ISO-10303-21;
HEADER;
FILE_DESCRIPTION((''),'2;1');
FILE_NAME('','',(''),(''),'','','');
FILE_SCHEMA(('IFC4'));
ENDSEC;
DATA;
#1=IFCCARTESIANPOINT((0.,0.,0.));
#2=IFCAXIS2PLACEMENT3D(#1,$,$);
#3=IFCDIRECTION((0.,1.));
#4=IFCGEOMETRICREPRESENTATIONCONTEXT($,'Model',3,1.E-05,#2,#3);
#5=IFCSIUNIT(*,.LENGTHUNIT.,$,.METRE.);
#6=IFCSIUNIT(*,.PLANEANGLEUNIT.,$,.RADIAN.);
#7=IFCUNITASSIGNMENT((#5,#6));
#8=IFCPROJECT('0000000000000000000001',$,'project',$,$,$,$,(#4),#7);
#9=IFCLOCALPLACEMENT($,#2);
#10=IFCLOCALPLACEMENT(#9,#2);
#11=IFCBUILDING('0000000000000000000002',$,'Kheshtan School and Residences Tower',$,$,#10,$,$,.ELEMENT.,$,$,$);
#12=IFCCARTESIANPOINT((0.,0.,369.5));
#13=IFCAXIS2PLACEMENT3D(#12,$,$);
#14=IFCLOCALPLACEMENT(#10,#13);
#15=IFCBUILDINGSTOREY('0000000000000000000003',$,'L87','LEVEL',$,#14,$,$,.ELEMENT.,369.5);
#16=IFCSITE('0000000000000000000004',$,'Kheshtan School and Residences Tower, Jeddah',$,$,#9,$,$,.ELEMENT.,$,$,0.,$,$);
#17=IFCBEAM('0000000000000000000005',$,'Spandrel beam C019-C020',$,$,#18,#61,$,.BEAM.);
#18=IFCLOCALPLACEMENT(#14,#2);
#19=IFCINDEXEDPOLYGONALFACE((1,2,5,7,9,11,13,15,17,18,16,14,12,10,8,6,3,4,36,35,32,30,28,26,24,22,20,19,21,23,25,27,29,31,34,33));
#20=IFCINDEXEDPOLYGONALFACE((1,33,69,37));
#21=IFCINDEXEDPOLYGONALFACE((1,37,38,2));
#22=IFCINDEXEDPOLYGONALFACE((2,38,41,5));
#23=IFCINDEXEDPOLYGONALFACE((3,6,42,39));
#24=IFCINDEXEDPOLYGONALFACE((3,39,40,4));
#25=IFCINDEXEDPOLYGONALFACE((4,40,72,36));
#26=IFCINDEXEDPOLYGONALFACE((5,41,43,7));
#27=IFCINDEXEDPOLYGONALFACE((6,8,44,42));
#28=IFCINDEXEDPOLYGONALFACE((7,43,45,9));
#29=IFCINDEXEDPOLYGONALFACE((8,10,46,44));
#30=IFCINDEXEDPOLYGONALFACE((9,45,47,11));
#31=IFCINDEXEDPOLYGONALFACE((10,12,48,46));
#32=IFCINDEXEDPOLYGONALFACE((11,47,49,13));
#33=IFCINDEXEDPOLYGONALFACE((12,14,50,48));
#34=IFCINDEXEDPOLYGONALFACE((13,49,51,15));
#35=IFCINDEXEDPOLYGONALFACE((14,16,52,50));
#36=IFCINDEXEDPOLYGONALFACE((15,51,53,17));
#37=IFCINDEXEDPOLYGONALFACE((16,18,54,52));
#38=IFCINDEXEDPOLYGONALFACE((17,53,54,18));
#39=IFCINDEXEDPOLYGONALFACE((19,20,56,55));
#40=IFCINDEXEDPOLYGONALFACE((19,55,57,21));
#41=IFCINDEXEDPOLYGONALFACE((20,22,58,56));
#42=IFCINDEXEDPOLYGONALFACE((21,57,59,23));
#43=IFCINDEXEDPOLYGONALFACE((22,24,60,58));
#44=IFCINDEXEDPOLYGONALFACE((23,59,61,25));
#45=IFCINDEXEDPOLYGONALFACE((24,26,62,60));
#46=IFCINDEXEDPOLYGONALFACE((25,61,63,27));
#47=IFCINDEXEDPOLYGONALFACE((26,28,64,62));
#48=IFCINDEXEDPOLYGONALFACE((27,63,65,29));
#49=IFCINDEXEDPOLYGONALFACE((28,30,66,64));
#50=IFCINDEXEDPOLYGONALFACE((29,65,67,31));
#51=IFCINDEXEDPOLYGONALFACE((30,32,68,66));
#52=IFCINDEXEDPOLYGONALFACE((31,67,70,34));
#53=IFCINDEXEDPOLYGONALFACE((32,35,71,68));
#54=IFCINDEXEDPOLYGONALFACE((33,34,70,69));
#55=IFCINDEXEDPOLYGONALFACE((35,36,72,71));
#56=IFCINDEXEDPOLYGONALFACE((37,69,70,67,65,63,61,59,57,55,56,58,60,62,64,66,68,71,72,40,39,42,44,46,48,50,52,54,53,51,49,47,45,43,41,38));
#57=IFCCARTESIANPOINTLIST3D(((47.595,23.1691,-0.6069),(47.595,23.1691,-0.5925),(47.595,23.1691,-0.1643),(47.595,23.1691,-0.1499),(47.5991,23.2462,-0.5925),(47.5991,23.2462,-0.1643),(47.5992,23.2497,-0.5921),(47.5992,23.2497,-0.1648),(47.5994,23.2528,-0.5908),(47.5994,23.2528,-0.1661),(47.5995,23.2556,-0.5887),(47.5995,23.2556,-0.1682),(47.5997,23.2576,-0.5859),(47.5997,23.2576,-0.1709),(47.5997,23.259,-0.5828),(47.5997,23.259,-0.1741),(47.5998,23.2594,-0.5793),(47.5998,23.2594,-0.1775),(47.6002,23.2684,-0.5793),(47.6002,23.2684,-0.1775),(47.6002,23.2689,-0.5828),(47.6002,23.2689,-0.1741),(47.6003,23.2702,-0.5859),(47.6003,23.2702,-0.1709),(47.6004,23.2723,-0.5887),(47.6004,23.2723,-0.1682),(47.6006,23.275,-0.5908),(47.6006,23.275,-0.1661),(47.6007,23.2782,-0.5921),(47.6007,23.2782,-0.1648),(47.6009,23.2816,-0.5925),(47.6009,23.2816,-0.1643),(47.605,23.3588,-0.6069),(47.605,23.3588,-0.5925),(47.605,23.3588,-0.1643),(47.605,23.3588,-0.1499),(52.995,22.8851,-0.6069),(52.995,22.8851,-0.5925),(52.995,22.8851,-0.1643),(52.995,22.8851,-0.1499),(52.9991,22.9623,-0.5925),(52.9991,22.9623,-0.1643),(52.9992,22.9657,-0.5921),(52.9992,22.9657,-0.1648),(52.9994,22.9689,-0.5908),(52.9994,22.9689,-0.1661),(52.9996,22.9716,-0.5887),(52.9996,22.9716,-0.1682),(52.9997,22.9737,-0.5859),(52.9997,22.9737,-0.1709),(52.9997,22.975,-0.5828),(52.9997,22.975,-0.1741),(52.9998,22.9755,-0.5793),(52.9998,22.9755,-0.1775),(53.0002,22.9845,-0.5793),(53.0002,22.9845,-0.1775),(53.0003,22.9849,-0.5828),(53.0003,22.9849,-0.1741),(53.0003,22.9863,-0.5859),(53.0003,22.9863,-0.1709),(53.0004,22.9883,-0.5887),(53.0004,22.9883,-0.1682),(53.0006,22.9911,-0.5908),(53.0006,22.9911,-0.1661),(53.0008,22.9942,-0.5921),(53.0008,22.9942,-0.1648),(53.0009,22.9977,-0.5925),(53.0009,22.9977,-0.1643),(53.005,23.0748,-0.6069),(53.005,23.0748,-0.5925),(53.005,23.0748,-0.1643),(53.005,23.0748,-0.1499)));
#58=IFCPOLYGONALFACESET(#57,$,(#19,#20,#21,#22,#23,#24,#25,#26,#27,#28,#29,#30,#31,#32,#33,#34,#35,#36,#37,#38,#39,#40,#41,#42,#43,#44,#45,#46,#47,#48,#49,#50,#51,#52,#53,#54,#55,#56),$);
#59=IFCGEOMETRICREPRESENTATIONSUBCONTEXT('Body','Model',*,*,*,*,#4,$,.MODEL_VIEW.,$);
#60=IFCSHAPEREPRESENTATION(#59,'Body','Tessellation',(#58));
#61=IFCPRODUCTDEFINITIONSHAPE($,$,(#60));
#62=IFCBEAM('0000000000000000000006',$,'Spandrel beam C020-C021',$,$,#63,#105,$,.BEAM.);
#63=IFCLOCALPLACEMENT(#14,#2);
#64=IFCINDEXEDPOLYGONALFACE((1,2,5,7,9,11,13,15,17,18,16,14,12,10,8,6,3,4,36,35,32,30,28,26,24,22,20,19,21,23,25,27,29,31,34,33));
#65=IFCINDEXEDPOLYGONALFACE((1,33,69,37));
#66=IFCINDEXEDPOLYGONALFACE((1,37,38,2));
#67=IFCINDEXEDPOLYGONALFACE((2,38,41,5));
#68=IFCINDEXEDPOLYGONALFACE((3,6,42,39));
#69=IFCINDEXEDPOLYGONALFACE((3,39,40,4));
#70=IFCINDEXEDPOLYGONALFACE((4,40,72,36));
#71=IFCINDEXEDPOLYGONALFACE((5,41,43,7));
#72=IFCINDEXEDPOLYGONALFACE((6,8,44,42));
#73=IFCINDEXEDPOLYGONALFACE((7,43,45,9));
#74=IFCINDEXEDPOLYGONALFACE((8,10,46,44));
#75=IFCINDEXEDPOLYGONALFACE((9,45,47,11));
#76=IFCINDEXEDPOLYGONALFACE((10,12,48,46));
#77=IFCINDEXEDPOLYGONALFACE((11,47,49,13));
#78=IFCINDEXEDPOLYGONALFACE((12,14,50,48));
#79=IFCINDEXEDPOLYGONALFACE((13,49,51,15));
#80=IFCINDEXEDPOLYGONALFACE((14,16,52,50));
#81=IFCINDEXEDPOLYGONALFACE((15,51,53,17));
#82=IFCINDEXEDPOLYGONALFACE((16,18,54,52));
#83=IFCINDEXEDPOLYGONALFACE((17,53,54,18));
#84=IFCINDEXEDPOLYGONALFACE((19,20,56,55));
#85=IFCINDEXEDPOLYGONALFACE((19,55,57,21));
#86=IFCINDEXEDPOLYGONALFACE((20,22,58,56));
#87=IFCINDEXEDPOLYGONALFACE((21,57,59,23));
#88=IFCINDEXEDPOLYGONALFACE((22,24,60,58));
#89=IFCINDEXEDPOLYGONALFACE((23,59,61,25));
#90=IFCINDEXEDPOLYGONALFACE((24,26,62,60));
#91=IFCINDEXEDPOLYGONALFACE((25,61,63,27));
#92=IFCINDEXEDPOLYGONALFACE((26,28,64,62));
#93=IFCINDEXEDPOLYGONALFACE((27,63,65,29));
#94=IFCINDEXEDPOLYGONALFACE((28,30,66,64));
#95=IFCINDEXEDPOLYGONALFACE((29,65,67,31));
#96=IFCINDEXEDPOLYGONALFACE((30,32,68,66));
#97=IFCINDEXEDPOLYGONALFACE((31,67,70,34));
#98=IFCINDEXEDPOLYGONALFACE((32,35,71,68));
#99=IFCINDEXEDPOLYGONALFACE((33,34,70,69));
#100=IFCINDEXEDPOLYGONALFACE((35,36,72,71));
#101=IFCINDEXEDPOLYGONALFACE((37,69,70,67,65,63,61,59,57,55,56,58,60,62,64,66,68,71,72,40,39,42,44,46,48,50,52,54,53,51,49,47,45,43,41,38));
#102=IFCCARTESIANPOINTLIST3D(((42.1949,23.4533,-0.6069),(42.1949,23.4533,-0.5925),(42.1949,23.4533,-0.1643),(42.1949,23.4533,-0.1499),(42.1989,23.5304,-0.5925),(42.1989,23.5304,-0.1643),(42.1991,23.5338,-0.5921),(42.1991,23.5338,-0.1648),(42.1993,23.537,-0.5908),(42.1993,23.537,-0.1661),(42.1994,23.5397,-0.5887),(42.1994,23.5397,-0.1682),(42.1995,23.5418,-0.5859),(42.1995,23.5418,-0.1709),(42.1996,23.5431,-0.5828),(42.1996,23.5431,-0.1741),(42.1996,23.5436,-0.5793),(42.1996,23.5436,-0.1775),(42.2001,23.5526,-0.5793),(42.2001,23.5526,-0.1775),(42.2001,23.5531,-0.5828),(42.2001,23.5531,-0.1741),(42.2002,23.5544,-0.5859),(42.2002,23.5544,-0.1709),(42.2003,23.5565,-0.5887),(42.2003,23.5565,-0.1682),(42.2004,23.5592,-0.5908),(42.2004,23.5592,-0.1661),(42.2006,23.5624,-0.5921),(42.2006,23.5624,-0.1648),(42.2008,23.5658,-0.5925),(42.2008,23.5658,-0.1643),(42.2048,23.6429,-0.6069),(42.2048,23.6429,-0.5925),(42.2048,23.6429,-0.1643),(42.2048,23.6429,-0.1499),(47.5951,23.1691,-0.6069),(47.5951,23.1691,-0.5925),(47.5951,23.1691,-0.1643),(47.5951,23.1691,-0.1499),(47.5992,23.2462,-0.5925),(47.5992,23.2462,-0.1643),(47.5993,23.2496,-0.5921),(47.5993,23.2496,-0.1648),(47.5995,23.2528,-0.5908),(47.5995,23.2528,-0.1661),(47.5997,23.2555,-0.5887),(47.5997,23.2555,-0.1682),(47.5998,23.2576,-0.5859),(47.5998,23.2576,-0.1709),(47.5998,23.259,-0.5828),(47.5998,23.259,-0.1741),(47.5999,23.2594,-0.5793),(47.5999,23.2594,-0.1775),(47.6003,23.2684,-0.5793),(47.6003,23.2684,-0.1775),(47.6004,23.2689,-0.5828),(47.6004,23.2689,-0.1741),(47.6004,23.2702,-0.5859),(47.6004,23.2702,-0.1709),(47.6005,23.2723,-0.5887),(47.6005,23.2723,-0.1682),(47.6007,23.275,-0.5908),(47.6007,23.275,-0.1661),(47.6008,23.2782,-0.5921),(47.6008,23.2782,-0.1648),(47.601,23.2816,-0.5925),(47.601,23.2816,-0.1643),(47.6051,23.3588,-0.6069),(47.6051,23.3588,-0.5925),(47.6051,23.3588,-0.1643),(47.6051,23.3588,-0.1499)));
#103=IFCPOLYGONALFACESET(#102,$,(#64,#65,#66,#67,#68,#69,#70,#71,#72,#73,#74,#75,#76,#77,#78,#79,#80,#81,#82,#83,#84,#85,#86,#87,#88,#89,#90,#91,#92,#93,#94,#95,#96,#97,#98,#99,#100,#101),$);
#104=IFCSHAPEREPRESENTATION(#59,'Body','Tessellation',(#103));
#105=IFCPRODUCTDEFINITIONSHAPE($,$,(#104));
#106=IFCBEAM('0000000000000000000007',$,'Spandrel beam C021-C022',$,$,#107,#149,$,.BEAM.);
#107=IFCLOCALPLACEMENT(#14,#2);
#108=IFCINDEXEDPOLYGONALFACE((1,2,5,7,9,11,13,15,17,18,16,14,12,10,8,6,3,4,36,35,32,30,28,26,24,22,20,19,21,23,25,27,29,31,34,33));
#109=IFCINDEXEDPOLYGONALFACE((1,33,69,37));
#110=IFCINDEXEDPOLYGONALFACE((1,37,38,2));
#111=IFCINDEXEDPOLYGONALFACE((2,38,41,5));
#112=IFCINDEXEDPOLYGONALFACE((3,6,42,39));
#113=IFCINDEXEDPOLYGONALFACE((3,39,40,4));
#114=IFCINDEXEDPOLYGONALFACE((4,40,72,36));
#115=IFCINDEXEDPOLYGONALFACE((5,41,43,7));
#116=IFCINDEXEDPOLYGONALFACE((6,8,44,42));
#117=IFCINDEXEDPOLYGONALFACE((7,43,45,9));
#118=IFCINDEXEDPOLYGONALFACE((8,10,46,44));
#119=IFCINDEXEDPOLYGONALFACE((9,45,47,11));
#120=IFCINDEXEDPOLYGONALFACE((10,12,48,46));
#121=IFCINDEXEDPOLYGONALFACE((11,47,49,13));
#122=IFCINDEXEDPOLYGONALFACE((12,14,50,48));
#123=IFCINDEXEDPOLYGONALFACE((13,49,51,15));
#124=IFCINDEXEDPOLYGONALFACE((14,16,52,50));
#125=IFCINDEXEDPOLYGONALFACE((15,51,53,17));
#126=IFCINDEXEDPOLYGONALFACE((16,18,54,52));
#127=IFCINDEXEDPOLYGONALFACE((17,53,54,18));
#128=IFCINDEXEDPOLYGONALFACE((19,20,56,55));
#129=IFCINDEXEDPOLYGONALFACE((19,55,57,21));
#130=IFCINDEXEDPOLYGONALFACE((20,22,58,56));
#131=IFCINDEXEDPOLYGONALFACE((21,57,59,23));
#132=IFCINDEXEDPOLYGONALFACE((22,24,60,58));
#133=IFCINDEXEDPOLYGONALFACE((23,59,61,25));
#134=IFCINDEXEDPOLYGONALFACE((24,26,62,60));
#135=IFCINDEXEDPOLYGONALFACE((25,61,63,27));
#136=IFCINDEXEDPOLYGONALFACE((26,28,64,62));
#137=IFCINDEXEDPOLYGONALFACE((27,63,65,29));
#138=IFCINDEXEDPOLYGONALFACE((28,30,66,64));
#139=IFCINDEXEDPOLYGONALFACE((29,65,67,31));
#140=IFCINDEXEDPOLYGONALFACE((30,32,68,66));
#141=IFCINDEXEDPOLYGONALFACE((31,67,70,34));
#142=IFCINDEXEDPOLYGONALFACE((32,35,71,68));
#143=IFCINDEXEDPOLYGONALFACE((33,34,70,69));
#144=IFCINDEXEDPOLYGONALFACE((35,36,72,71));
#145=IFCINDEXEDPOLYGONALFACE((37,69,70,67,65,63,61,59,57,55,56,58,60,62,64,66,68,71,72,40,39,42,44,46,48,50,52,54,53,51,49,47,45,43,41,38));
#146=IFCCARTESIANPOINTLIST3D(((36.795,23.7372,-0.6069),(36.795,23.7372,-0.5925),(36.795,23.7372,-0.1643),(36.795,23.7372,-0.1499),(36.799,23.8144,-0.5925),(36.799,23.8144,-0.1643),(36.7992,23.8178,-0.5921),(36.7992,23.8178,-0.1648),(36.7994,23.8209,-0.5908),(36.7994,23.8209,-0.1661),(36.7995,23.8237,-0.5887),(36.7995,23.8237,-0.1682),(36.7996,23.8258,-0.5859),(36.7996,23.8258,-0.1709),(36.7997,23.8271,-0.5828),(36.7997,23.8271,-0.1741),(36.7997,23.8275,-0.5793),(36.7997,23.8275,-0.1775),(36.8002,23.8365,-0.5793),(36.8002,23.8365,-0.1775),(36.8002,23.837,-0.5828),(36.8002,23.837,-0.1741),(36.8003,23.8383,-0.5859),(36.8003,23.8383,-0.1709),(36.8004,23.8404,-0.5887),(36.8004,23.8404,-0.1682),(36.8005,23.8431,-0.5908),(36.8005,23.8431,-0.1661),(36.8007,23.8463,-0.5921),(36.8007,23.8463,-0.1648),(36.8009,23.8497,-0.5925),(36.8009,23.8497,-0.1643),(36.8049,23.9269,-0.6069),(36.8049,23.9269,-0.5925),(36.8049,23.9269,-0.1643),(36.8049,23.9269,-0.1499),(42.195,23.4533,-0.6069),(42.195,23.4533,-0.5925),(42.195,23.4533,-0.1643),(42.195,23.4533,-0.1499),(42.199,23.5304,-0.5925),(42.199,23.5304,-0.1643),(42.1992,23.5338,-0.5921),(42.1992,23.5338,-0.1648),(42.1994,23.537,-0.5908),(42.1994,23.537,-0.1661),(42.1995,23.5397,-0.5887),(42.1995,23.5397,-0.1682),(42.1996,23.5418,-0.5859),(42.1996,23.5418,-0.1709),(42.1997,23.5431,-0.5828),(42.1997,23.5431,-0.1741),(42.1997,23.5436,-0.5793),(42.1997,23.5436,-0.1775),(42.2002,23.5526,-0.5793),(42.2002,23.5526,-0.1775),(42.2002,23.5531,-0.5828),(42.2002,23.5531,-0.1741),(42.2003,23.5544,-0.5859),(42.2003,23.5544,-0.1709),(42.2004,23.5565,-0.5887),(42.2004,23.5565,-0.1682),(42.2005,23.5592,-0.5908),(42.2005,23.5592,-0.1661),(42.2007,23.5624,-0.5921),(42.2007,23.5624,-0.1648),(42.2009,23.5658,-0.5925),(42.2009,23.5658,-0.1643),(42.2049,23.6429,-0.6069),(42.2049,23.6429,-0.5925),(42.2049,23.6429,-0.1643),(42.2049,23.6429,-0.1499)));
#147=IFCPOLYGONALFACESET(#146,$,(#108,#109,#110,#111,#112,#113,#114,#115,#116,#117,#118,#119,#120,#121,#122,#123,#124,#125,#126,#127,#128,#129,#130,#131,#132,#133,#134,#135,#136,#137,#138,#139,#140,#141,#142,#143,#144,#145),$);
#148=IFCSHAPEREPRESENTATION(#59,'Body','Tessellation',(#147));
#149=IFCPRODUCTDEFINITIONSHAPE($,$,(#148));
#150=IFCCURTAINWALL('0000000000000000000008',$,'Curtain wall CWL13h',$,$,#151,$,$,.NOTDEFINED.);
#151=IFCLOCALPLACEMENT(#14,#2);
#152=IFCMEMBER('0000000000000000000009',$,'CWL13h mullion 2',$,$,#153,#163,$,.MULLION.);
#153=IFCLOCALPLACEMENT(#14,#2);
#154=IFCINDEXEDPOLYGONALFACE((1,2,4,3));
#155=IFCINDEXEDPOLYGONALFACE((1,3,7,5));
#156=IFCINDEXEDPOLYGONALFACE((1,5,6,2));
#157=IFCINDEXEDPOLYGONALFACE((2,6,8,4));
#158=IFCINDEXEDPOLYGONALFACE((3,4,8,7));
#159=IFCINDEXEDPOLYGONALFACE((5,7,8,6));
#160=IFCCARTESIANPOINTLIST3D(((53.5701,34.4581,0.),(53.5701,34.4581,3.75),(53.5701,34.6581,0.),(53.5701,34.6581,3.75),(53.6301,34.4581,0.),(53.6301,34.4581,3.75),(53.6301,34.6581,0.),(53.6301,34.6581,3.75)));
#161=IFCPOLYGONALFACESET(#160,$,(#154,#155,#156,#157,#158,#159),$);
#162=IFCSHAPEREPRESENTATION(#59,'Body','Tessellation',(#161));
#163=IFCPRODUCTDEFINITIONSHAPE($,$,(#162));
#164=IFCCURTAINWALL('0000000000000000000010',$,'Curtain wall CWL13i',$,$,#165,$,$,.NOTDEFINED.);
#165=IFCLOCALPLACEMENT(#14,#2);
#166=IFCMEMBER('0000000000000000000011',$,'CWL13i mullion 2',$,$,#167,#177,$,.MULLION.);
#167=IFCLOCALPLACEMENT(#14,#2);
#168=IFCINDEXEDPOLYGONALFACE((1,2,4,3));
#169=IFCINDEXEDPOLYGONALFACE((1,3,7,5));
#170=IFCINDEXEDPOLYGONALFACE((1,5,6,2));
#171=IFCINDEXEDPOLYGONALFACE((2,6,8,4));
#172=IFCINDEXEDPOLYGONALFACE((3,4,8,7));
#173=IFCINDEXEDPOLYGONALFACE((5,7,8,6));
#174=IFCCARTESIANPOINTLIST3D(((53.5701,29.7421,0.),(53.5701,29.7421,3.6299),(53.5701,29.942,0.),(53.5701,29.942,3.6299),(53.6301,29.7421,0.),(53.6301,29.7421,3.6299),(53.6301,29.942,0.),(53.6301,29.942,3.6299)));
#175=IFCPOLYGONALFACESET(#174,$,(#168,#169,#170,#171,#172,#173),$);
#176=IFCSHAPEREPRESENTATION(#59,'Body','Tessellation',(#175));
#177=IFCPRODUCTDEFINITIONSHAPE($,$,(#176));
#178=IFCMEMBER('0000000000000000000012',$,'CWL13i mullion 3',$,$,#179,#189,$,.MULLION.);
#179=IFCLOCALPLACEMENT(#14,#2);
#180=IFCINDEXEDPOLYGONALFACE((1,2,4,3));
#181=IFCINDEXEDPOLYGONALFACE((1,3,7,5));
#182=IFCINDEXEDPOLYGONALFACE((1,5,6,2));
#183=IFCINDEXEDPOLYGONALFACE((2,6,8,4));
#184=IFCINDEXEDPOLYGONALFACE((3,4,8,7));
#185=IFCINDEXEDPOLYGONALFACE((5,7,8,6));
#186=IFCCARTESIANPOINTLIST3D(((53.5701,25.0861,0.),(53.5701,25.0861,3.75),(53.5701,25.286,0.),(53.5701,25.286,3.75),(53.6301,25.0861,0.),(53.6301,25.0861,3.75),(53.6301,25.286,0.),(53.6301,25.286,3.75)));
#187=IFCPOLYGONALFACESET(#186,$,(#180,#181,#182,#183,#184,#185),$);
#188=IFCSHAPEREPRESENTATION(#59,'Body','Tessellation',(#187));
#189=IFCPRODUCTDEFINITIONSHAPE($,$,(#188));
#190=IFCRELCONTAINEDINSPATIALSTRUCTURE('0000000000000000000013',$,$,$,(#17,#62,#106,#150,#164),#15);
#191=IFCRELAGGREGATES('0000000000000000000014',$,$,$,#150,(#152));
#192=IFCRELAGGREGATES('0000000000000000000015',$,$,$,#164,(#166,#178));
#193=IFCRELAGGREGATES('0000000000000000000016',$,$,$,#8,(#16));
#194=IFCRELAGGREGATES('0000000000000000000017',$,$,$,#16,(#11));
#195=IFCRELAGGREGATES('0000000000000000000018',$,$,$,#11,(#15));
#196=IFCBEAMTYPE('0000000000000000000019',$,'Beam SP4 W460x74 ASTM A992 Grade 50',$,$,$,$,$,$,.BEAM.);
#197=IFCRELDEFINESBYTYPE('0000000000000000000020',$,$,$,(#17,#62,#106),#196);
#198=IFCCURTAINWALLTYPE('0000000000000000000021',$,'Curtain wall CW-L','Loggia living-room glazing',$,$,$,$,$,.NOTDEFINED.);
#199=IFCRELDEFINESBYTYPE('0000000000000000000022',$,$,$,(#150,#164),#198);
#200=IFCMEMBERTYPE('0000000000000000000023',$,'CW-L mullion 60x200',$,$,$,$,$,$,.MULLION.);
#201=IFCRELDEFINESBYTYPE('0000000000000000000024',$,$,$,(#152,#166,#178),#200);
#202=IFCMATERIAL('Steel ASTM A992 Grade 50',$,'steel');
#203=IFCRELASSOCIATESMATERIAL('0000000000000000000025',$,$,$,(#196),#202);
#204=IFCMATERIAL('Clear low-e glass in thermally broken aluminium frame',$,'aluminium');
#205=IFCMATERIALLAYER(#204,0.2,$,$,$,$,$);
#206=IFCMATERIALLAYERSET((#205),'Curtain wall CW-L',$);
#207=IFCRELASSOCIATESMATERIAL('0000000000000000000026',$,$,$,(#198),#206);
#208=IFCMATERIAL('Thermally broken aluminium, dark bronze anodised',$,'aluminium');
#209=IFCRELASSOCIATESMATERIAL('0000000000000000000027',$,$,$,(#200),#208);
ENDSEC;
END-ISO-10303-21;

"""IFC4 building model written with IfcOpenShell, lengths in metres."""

from ifc_helpers import new_model, si_unit, direction, frame, origin, origin_2d, place, context, subcontext, project, spatial, rectangle, i_section, extrude, material, layer, layer_set, material_profile, profile_set, type_object, element, aggregate, save


model = new_model("IFC4")

# Units and contexts
model_context = context("Model", 3, precision=1e-05, world=origin(), true_north=direction((0.0, 1.0)))
body_context = subcontext(model_context, "Body", "Model", "MODEL_VIEW")
ifc_project = project(units=[si_unit("LENGTHUNIT", "METRE"), si_unit("PLANEANGLEUNIT", "RADIAN")], contexts=[model_context])

# Site, building, storey
site_placement = place(None, origin())
site = spatial("IfcSite", under=ifc_project, at=site_placement, Name="Kheshtan School and Residences Tower, Jeddah", CompositionType="ELEMENT", RefElevation=0.0)
building_placement = place(site_placement, origin())
building = spatial("IfcBuilding", under=site, at=building_placement, Name="Kheshtan School and Residences Tower", CompositionType="ELEMENT")
storey_placement = place(building_placement, frame((0.0, 0.0, 369.5)))
storey = spatial("IfcBuildingStorey", under=building, at=storey_placement, Name="L87", Description="LEVEL", CompositionType="ELEMENT", Elevation=369.5)

# Shared definitions
ifc_material_1 = material(Name="Steel ASTM A992 Grade 50", Category="steel")

# Beams
ifc_material_profile_1 = material_profile(ifc_material_1, i_section(OverallWidth=0.1899, OverallDepth=0.457, WebThickness=0.009, FlangeThickness=0.0144, FilletRadius=0.0132, at=origin_2d()), Name="W460x74")
ifc_profile_set_1 = profile_set([ifc_material_profile_1], Name="Steel ASTM A992 Grade 50")
beam_type_1 = type_object("IfcBeamType", Name="Beam SP4 W460x74 ASTM A992 Grade 50", PredefinedType="BEAM", material=ifc_profile_set_1)
beam_1_placement = place(storey_placement, frame((53.0, 22.98, -0.3784), z_axis=(-0.99862, 0.052509, 0.0), x_axis=(-0.052509, -0.99862, 0.0)))
element("IfcBeam", 1, at=beam_1_placement, inside=storey, type_object=beam_type_1, Name="Spandrel beam C019-C020", PredefinedType="BEAM", context=body_context, shape_type="SweptSolid", body=[
    extrude(i_section(OverallWidth=0.1899, OverallDepth=0.457, WebThickness=0.009, FlangeThickness=0.0144, FilletRadius=0.0132, at=origin_2d()), origin(), (0.0, 0.0, 1.0), 5.4075),
])
beam_2_placement = place(storey_placement, frame((47.6001, 23.2639, -0.3784), z_axis=(-0.998618, 0.052552, 0.0), x_axis=(-0.052552, -0.998618, 0.0)))
element("IfcBeam", 2, at=beam_2_placement, inside=storey, type_object=beam_type_1, Name="Spandrel beam C020-C021", PredefinedType="BEAM", context=body_context, shape_type="SweptSolid", body=[
    extrude(i_section(OverallWidth=0.1899, OverallDepth=0.457, WebThickness=0.009, FlangeThickness=0.0144, FilletRadius=0.0132, at=origin_2d()), origin(), (0.0, 0.0, 1.0), 5.4077),
])
beam_3_placement = place(storey_placement, frame((42.2, 23.5481, -0.3784), z_axis=(-0.99862, 0.052509, 0.0), x_axis=(-0.052509, -0.99862, 0.0)))
element("IfcBeam", 3, at=beam_3_placement, inside=storey, type_object=beam_type_1, Name="Spandrel beam C021-C022", PredefinedType="BEAM", context=body_context, shape_type="SweptSolid", body=[
    extrude(i_section(OverallWidth=0.1899, OverallDepth=0.457, WebThickness=0.009, FlangeThickness=0.0144, FilletRadius=0.0132, at=origin_2d()), origin(), (0.0, 0.0, 1.0), 5.4075),
])

# Curtain wall, member
ifc_material_2 = material(Name="Clear low-e glass in thermally broken aluminium frame", Category="aluminium")
ifc_layer_1 = layer(ifc_material_2, 0.2)
ifc_layer_set_1 = layer_set([ifc_layer_1], Name="Curtain wall CW-L")
curtain_wall_type = type_object("IfcCurtainWallType", Name="Curtain wall CW-L", Description="Loggia living-room glazing", PredefinedType="NOTDEFINED", material=ifc_layer_set_1)
curtain_wall_1_placement = place(storey_placement, origin())
curtain_wall_1 = element("IfcCurtainWall", 4, at=curtain_wall_1_placement, inside=storey, type_object=curtain_wall_type, Name="Curtain wall CWL13h", PredefinedType="NOTDEFINED")
ifc_material_3 = material(Name="Thermally broken aluminium, dark bronze anodised", Category="aluminium")
ifc_material_profile_2 = material_profile(ifc_material_3, rectangle(XDim=0.0601, YDim=0.2, at=origin_2d()), Name="CW-L mullion 60x200")
ifc_profile_set_2 = profile_set([ifc_material_profile_2], Name="Thermally broken aluminium, dark bronze anodised")
member_type_1 = type_object("IfcMemberType", Name="CW-L mullion 60x200", PredefinedType="MULLION", material=ifc_profile_set_2)
member_1_placement = place(storey_placement, frame((53.6001, 34.5581, 0.0), z_axis=(0.0, 0.0, 1.0), x_axis=(1.0, 0.0, 0.0)))
member_1 = element("IfcMember", 5, at=member_1_placement, type_object=member_type_1, Name="CWL13h mullion 2", PredefinedType="MULLION", context=body_context, shape_type="SweptSolid", body=[
    extrude(rectangle(XDim=0.0601, YDim=0.2, at=origin_2d()), origin(), (0.0, 0.0, 1.0), 3.75),
])

# Curtain wall, members
curtain_wall_2_placement = place(storey_placement, origin())
curtain_wall_2 = element("IfcCurtainWall", 6, at=curtain_wall_2_placement, inside=storey, type_object=curtain_wall_type, Name="Curtain wall CWL13i", PredefinedType="NOTDEFINED")
member_2_placement = place(storey_placement, frame((53.6001, 29.842, 0.0), z_axis=(0.0, 0.0, 1.0), x_axis=(1.0, 0.0, 0.0)))
member_2 = element("IfcMember", 7, at=member_2_placement, type_object=member_type_1, Name="CWL13i mullion 2", PredefinedType="MULLION", context=body_context, shape_type="SweptSolid", body=[
    extrude(rectangle(XDim=0.0601, YDim=0.2, at=origin_2d()), origin(), (0.0, 0.0, 1.0), 3.6299),
])
member_3_placement = place(storey_placement, frame((53.6001, 25.186, 0.0), z_axis=(0.0, 0.0, 1.0), x_axis=(1.0, 0.0, 0.0)))
member_3 = element("IfcMember", 8, at=member_3_placement, type_object=member_type_1, Name="CWL13i mullion 3", PredefinedType="MULLION", context=body_context, shape_type="SweptSolid", body=[
    extrude(rectangle(XDim=0.0601, YDim=0.2, at=origin_2d()), origin(), (0.0, 0.0, 1.0), 3.75),
])

aggregate(curtain_wall_1, [member_1])
aggregate(curtain_wall_2, [member_2, member_3])

save(model, "model.ifc")
